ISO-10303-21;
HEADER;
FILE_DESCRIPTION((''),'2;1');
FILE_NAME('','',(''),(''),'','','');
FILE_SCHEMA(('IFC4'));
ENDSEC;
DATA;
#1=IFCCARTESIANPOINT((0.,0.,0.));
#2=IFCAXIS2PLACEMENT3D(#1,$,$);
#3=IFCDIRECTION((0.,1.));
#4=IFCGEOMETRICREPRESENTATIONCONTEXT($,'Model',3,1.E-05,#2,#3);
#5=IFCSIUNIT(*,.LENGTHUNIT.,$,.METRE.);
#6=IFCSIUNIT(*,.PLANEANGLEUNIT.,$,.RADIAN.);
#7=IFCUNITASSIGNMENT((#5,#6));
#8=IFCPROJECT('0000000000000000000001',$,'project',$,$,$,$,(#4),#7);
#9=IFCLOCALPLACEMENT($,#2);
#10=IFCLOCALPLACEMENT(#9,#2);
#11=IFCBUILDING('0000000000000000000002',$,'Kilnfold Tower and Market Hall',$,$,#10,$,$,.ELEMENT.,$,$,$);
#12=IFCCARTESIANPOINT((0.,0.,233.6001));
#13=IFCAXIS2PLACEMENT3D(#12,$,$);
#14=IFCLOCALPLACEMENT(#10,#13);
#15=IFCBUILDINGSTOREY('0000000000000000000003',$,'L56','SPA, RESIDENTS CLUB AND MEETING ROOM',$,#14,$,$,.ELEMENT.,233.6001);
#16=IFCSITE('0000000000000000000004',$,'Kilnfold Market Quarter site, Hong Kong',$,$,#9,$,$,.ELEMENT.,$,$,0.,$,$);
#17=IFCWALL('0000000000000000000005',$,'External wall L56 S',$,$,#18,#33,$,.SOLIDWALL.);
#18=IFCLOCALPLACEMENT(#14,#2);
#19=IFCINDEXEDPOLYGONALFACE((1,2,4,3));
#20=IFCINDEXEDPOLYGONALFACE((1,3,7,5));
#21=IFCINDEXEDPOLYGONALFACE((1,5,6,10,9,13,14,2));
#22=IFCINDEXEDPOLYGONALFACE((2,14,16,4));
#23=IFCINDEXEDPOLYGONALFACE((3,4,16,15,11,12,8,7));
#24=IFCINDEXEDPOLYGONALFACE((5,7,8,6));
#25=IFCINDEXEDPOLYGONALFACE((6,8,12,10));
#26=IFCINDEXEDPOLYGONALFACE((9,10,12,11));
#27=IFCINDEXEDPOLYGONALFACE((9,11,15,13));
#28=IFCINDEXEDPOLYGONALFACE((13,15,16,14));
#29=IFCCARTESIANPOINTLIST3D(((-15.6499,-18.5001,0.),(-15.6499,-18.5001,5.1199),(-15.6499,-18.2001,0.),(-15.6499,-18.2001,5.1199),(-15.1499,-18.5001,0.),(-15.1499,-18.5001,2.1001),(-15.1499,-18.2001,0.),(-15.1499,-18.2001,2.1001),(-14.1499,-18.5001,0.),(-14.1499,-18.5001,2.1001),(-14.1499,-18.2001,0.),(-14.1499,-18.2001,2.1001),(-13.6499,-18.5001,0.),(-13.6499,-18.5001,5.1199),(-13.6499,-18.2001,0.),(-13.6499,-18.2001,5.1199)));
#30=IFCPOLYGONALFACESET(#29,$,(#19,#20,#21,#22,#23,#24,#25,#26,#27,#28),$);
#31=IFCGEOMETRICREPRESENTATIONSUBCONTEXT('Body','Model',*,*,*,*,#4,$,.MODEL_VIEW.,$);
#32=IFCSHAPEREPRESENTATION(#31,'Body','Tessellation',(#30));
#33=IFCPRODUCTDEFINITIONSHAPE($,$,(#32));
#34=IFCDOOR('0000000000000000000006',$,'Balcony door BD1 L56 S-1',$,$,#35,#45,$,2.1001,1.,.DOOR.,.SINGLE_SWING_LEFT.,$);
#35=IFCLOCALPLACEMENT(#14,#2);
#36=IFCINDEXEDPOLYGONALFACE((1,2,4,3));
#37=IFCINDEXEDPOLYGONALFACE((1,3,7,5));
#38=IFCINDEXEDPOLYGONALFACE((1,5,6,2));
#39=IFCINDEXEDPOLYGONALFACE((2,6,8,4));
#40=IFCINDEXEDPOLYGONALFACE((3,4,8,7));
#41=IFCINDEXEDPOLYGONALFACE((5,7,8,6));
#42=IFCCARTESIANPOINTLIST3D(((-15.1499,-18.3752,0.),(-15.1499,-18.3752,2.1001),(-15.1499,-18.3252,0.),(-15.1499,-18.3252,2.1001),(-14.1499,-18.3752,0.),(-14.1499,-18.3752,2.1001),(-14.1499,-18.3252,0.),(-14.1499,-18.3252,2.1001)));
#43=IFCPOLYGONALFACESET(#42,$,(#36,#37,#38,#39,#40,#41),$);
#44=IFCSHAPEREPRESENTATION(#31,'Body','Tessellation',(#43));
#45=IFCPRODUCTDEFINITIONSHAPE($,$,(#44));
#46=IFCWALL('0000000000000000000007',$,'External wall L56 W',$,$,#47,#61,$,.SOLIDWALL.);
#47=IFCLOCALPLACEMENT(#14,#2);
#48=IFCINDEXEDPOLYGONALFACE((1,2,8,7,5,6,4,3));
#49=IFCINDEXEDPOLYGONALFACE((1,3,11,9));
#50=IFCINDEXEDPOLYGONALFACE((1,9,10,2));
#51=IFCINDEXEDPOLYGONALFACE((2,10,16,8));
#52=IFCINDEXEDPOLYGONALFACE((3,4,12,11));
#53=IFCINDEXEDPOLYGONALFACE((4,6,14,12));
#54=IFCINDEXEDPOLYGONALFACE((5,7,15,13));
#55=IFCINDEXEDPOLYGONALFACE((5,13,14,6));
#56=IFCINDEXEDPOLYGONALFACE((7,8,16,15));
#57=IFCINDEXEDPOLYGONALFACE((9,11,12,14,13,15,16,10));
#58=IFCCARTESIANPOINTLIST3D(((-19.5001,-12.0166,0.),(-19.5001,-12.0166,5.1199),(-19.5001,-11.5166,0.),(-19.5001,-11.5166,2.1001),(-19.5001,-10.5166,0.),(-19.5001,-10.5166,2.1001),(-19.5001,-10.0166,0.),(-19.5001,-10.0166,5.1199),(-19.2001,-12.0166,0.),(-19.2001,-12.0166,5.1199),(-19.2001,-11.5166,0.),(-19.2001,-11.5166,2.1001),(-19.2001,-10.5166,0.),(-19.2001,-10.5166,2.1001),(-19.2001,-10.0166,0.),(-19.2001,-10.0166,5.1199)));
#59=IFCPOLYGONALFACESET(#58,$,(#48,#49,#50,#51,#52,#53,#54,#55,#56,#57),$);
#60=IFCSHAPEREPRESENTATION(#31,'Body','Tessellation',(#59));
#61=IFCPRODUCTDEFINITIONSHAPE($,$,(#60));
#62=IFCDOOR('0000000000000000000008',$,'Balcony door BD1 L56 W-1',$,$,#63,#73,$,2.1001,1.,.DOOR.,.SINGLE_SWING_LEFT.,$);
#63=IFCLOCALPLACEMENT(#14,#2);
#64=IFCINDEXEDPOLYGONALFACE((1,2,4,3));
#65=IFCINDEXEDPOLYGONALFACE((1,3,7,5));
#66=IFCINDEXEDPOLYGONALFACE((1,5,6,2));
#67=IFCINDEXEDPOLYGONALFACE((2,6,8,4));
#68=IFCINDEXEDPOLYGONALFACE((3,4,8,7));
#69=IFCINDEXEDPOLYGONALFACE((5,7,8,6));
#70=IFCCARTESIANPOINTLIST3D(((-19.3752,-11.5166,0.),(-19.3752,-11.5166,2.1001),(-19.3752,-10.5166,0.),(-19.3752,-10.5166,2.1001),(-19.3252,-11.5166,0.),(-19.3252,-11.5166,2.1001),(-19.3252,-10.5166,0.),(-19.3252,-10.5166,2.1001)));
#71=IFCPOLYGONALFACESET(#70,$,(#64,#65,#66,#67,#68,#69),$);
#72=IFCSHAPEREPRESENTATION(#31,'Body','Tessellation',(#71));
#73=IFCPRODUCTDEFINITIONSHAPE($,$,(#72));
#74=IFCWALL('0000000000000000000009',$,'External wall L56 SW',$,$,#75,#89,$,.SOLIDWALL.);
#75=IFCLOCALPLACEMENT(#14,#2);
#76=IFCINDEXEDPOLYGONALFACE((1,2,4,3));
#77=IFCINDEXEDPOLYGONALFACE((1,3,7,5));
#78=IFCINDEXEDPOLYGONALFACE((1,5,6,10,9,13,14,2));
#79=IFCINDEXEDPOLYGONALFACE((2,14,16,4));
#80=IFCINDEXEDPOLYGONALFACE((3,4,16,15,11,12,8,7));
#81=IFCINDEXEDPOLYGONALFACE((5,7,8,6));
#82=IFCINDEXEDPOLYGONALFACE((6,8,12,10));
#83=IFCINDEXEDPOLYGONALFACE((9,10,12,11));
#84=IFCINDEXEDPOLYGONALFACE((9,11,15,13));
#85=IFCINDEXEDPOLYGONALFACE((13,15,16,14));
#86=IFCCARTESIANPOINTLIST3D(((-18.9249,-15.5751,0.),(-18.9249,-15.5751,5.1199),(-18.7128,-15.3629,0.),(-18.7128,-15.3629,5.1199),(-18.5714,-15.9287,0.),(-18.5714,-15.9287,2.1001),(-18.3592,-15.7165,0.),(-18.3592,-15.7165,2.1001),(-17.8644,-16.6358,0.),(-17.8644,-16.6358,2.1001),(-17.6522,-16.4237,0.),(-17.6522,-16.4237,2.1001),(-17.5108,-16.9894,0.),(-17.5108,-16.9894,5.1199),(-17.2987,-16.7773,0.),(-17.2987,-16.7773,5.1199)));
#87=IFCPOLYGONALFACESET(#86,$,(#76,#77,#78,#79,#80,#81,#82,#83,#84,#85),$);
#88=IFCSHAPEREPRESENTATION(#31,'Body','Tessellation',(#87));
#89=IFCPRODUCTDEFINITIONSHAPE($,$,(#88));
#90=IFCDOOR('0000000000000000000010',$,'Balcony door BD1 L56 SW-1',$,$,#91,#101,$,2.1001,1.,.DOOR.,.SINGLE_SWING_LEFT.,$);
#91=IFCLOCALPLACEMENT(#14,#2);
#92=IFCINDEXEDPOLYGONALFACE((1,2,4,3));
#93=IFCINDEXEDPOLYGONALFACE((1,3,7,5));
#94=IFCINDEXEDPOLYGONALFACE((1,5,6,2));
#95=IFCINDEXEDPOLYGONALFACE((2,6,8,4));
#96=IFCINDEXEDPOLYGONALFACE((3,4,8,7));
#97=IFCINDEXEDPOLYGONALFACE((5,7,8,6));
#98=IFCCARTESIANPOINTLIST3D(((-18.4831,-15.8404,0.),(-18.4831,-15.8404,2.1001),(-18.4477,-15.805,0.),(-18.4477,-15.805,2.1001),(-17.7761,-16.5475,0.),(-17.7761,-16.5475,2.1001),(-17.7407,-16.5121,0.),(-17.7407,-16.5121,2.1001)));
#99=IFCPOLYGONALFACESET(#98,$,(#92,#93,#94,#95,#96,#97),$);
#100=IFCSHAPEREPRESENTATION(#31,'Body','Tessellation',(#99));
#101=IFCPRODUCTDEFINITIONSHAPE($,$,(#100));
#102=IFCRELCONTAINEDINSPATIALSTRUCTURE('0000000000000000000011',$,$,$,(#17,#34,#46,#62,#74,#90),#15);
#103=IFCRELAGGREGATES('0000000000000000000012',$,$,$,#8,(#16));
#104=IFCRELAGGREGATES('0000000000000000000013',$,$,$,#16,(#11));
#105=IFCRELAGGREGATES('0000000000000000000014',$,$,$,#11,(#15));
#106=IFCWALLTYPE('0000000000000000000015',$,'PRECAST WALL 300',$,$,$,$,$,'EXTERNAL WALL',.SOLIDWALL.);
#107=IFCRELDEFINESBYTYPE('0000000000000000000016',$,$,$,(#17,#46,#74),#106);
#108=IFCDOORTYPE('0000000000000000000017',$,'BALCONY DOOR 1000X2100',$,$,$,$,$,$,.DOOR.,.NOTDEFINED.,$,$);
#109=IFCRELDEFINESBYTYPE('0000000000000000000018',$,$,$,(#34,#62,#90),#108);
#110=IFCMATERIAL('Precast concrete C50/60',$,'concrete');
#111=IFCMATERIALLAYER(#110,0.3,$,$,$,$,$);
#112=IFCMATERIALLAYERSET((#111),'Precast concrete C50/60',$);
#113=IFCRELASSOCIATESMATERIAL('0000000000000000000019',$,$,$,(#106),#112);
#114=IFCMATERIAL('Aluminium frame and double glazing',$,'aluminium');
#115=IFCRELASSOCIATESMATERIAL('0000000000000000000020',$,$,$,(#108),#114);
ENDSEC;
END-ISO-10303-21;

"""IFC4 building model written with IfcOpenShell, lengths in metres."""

from ifc_helpers import new_model, si_unit, direction, frame, frame_2d, origin, place, context, subcontext, project, spatial, rectangle, extrude, source, transform, mapped, material, layer, layer_set, type_object, element, fill, save


model = new_model("IFC4")

# Units and contexts
model_context = context("Model", 3, precision=1e-05, world=origin(), true_north=direction((0.0, 1.0)))
body_context = subcontext(model_context, "Body", "Model", "MODEL_VIEW")
ifc_project = project(units=[si_unit("LENGTHUNIT", "METRE"), si_unit("PLANEANGLEUNIT", "RADIAN")], contexts=[model_context])

# Site, building, storey
site_placement = place(None, origin())
site = spatial("IfcSite", under=ifc_project, at=site_placement, Name="Kilnfold Market Quarter site, Hong Kong", CompositionType="ELEMENT", RefElevation=0.0)
building_placement = place(site_placement, origin())
building = spatial("IfcBuilding", under=site, at=building_placement, Name="Kilnfold Tower and Market Hall", CompositionType="ELEMENT")
storey_placement = place(building_placement, frame((0.0, 0.0, 233.6001)))
storey = spatial("IfcBuildingStorey", under=building, at=storey_placement, Name="L56", Description="SPA, RESIDENTS CLUB AND MEETING ROOM", CompositionType="ELEMENT", Elevation=233.6001)

# Walls, openings, doors
ifc_material_1 = material(Name="Precast concrete C50/60", Category="concrete")
ifc_layer_1 = layer(ifc_material_1, 0.3)
ifc_layer_set_1 = layer_set([ifc_layer_1], Name="Precast concrete C50/60")
wall_type_1 = type_object("IfcWallType", Name="PRECAST WALL 300", ElementType="EXTERNAL WALL", PredefinedType="SOLIDWALL", material=ifc_layer_set_1)
shared_shape_1 = source(origin(), body_context, "Body", "SweptSolid", [
    extrude(rectangle(XDim=2.0, YDim=0.3, at=frame_2d((1.0, 0.0))), origin(), (0.0, 0.0, 1.0), 5.1199),
])
wall_1_placement = place(storey_placement, frame((-15.6499, -18.3501, 0.0), z_axis=(0.0, 0.0, 1.0), x_axis=(1.0, 0.0, 0.0)))
wall_1 = element("IfcWall", 1, at=wall_1_placement, inside=storey, type_object=wall_type_1, Name="External wall L56 S", PredefinedType="SOLIDWALL", context=body_context, shape_type="MappedRepresentation", body=[
    mapped(shared_shape_1, transform((0.0, 0.0, 0.0))),
])
opening_1_placement = place(wall_1_placement, frame((0.5, 0.0, 0.0)))
opening_1 = element("IfcOpeningElement", 2, at=opening_1_placement, cuts=wall_1, PredefinedType="OPENING", context=body_context, shape_type="SweptSolid", body=[
    extrude(rectangle(XDim=1.0, YDim=2.1001, at=frame_2d((0.5, 1.05))), frame((0.0, 0.1602, 0.0), z_axis=(0.0, -1.0, 0.0), x_axis=(1.0, 0.0, 0.0)), (0.0, 0.0, 1.0), 0.3201),
])
ifc_material_2 = material(Name="Aluminium frame and double glazing", Category="aluminium")
door_type_1 = type_object("IfcDoorType", Name="BALCONY DOOR 1000X2100", OperationType="NOTDEFINED", PredefinedType="DOOR", material=ifc_material_2)
door_1_placement = place(opening_1_placement, origin())
door_1 = element("IfcDoor", 3, at=door_1_placement, inside=storey, type_object=door_type_1, Name="Balcony door BD1 L56 S-1", OperationType="SINGLE_SWING_LEFT", OverallHeight=2.1001, OverallWidth=1.0, PredefinedType="DOOR", context=body_context, shape_type="SweptSolid", body=[
    extrude(rectangle(XDim=1.0, YDim=2.1001, at=frame_2d((0.5, 1.05))), frame((0.0, 0.0249, 0.0), z_axis=(0.0, -1.0, 0.0), x_axis=(1.0, 0.0, 0.0)), (0.0, 0.0, 1.0), 0.05),
])
fill(opening_1, door_1)
wall_2_placement = place(storey_placement, frame((-19.3501, -10.0166, 0.0), z_axis=(0.0, 0.0, 1.0), x_axis=(0.0, -1.0, 0.0)))
wall_2 = element("IfcWall", 4, at=wall_2_placement, inside=storey, type_object=wall_type_1, Name="External wall L56 W", PredefinedType="SOLIDWALL", context=body_context, shape_type="MappedRepresentation", body=[
    mapped(shared_shape_1, transform((0.0, 0.0, 0.0))),
])
opening_2_placement = place(wall_2_placement, frame((0.5, 0.0, 0.0)))
opening_2 = element("IfcOpeningElement", 5, at=opening_2_placement, cuts=wall_2, PredefinedType="OPENING", context=body_context, shape_type="SweptSolid", body=[
    extrude(rectangle(XDim=1.0, YDim=2.1001, at=frame_2d((0.5, 1.05))), frame((0.0, 0.1602, 0.0), z_axis=(0.0, -1.0, 0.0), x_axis=(1.0, 0.0, 0.0)), (0.0, 0.0, 1.0), 0.3201),
])
door_2_placement = place(opening_2_placement, origin())
door_2 = element("IfcDoor", 6, at=door_2_placement, inside=storey, type_object=door_type_1, Name="Balcony door BD1 L56 W-1", OperationType="SINGLE_SWING_LEFT", OverallHeight=2.1001, OverallWidth=1.0, PredefinedType="DOOR", context=body_context, shape_type="SweptSolid", body=[
    extrude(rectangle(XDim=1.0, YDim=2.1001, at=frame_2d((0.5, 1.05))), frame((0.0, 0.0249, 0.0), z_axis=(0.0, -1.0, 0.0), x_axis=(1.0, 0.0, 0.0)), (0.0, 0.0, 1.0), 0.05),
])
fill(opening_2, door_2)
wall_3_placement = place(storey_placement, frame((-18.8188, -15.469, 0.0), z_axis=(0.0, 0.0, 1.0), x_axis=(0.707046, -0.707168, 0.0)))
wall_3 = element("IfcWall", 7, at=wall_3_placement, inside=storey, type_object=wall_type_1, Name="External wall L56 SW", PredefinedType="SOLIDWALL", context=body_context, shape_type="MappedRepresentation", body=[
    mapped(shared_shape_1, transform((0.0, 0.0, 0.0))),
])
opening_3_placement = place(wall_3_placement, frame((0.5, 0.0, 0.0)))
opening_3 = element("IfcOpeningElement", 8, at=opening_3_placement, cuts=wall_3, PredefinedType="OPENING", context=body_context, shape_type="SweptSolid", body=[
    extrude(rectangle(XDim=1.0, YDim=2.1001, at=frame_2d((0.5, 1.05))), frame((0.0, 0.1602, 0.0), z_axis=(0.0, -1.0, 0.0), x_axis=(1.0, 0.0, 0.0)), (0.0, 0.0, 1.0), 0.3201),
])
door_3_placement = place(opening_3_placement, origin())
door_3 = element("IfcDoor", 9, at=door_3_placement, inside=storey, type_object=door_type_1, Name="Balcony door BD1 L56 SW-1", OperationType="SINGLE_SWING_LEFT", OverallHeight=2.1001, OverallWidth=1.0, PredefinedType="DOOR", context=body_context, shape_type="SweptSolid", body=[
    extrude(rectangle(XDim=1.0, YDim=2.1001, at=frame_2d((0.5, 1.05))), frame((0.0, 0.0249, 0.0), z_axis=(0.0, -1.0, 0.0), x_axis=(1.0, 0.0, 0.0)), (0.0, 0.0, 1.0), 0.05),
])
fill(opening_3, door_3)

save(model, "model.ifc")
